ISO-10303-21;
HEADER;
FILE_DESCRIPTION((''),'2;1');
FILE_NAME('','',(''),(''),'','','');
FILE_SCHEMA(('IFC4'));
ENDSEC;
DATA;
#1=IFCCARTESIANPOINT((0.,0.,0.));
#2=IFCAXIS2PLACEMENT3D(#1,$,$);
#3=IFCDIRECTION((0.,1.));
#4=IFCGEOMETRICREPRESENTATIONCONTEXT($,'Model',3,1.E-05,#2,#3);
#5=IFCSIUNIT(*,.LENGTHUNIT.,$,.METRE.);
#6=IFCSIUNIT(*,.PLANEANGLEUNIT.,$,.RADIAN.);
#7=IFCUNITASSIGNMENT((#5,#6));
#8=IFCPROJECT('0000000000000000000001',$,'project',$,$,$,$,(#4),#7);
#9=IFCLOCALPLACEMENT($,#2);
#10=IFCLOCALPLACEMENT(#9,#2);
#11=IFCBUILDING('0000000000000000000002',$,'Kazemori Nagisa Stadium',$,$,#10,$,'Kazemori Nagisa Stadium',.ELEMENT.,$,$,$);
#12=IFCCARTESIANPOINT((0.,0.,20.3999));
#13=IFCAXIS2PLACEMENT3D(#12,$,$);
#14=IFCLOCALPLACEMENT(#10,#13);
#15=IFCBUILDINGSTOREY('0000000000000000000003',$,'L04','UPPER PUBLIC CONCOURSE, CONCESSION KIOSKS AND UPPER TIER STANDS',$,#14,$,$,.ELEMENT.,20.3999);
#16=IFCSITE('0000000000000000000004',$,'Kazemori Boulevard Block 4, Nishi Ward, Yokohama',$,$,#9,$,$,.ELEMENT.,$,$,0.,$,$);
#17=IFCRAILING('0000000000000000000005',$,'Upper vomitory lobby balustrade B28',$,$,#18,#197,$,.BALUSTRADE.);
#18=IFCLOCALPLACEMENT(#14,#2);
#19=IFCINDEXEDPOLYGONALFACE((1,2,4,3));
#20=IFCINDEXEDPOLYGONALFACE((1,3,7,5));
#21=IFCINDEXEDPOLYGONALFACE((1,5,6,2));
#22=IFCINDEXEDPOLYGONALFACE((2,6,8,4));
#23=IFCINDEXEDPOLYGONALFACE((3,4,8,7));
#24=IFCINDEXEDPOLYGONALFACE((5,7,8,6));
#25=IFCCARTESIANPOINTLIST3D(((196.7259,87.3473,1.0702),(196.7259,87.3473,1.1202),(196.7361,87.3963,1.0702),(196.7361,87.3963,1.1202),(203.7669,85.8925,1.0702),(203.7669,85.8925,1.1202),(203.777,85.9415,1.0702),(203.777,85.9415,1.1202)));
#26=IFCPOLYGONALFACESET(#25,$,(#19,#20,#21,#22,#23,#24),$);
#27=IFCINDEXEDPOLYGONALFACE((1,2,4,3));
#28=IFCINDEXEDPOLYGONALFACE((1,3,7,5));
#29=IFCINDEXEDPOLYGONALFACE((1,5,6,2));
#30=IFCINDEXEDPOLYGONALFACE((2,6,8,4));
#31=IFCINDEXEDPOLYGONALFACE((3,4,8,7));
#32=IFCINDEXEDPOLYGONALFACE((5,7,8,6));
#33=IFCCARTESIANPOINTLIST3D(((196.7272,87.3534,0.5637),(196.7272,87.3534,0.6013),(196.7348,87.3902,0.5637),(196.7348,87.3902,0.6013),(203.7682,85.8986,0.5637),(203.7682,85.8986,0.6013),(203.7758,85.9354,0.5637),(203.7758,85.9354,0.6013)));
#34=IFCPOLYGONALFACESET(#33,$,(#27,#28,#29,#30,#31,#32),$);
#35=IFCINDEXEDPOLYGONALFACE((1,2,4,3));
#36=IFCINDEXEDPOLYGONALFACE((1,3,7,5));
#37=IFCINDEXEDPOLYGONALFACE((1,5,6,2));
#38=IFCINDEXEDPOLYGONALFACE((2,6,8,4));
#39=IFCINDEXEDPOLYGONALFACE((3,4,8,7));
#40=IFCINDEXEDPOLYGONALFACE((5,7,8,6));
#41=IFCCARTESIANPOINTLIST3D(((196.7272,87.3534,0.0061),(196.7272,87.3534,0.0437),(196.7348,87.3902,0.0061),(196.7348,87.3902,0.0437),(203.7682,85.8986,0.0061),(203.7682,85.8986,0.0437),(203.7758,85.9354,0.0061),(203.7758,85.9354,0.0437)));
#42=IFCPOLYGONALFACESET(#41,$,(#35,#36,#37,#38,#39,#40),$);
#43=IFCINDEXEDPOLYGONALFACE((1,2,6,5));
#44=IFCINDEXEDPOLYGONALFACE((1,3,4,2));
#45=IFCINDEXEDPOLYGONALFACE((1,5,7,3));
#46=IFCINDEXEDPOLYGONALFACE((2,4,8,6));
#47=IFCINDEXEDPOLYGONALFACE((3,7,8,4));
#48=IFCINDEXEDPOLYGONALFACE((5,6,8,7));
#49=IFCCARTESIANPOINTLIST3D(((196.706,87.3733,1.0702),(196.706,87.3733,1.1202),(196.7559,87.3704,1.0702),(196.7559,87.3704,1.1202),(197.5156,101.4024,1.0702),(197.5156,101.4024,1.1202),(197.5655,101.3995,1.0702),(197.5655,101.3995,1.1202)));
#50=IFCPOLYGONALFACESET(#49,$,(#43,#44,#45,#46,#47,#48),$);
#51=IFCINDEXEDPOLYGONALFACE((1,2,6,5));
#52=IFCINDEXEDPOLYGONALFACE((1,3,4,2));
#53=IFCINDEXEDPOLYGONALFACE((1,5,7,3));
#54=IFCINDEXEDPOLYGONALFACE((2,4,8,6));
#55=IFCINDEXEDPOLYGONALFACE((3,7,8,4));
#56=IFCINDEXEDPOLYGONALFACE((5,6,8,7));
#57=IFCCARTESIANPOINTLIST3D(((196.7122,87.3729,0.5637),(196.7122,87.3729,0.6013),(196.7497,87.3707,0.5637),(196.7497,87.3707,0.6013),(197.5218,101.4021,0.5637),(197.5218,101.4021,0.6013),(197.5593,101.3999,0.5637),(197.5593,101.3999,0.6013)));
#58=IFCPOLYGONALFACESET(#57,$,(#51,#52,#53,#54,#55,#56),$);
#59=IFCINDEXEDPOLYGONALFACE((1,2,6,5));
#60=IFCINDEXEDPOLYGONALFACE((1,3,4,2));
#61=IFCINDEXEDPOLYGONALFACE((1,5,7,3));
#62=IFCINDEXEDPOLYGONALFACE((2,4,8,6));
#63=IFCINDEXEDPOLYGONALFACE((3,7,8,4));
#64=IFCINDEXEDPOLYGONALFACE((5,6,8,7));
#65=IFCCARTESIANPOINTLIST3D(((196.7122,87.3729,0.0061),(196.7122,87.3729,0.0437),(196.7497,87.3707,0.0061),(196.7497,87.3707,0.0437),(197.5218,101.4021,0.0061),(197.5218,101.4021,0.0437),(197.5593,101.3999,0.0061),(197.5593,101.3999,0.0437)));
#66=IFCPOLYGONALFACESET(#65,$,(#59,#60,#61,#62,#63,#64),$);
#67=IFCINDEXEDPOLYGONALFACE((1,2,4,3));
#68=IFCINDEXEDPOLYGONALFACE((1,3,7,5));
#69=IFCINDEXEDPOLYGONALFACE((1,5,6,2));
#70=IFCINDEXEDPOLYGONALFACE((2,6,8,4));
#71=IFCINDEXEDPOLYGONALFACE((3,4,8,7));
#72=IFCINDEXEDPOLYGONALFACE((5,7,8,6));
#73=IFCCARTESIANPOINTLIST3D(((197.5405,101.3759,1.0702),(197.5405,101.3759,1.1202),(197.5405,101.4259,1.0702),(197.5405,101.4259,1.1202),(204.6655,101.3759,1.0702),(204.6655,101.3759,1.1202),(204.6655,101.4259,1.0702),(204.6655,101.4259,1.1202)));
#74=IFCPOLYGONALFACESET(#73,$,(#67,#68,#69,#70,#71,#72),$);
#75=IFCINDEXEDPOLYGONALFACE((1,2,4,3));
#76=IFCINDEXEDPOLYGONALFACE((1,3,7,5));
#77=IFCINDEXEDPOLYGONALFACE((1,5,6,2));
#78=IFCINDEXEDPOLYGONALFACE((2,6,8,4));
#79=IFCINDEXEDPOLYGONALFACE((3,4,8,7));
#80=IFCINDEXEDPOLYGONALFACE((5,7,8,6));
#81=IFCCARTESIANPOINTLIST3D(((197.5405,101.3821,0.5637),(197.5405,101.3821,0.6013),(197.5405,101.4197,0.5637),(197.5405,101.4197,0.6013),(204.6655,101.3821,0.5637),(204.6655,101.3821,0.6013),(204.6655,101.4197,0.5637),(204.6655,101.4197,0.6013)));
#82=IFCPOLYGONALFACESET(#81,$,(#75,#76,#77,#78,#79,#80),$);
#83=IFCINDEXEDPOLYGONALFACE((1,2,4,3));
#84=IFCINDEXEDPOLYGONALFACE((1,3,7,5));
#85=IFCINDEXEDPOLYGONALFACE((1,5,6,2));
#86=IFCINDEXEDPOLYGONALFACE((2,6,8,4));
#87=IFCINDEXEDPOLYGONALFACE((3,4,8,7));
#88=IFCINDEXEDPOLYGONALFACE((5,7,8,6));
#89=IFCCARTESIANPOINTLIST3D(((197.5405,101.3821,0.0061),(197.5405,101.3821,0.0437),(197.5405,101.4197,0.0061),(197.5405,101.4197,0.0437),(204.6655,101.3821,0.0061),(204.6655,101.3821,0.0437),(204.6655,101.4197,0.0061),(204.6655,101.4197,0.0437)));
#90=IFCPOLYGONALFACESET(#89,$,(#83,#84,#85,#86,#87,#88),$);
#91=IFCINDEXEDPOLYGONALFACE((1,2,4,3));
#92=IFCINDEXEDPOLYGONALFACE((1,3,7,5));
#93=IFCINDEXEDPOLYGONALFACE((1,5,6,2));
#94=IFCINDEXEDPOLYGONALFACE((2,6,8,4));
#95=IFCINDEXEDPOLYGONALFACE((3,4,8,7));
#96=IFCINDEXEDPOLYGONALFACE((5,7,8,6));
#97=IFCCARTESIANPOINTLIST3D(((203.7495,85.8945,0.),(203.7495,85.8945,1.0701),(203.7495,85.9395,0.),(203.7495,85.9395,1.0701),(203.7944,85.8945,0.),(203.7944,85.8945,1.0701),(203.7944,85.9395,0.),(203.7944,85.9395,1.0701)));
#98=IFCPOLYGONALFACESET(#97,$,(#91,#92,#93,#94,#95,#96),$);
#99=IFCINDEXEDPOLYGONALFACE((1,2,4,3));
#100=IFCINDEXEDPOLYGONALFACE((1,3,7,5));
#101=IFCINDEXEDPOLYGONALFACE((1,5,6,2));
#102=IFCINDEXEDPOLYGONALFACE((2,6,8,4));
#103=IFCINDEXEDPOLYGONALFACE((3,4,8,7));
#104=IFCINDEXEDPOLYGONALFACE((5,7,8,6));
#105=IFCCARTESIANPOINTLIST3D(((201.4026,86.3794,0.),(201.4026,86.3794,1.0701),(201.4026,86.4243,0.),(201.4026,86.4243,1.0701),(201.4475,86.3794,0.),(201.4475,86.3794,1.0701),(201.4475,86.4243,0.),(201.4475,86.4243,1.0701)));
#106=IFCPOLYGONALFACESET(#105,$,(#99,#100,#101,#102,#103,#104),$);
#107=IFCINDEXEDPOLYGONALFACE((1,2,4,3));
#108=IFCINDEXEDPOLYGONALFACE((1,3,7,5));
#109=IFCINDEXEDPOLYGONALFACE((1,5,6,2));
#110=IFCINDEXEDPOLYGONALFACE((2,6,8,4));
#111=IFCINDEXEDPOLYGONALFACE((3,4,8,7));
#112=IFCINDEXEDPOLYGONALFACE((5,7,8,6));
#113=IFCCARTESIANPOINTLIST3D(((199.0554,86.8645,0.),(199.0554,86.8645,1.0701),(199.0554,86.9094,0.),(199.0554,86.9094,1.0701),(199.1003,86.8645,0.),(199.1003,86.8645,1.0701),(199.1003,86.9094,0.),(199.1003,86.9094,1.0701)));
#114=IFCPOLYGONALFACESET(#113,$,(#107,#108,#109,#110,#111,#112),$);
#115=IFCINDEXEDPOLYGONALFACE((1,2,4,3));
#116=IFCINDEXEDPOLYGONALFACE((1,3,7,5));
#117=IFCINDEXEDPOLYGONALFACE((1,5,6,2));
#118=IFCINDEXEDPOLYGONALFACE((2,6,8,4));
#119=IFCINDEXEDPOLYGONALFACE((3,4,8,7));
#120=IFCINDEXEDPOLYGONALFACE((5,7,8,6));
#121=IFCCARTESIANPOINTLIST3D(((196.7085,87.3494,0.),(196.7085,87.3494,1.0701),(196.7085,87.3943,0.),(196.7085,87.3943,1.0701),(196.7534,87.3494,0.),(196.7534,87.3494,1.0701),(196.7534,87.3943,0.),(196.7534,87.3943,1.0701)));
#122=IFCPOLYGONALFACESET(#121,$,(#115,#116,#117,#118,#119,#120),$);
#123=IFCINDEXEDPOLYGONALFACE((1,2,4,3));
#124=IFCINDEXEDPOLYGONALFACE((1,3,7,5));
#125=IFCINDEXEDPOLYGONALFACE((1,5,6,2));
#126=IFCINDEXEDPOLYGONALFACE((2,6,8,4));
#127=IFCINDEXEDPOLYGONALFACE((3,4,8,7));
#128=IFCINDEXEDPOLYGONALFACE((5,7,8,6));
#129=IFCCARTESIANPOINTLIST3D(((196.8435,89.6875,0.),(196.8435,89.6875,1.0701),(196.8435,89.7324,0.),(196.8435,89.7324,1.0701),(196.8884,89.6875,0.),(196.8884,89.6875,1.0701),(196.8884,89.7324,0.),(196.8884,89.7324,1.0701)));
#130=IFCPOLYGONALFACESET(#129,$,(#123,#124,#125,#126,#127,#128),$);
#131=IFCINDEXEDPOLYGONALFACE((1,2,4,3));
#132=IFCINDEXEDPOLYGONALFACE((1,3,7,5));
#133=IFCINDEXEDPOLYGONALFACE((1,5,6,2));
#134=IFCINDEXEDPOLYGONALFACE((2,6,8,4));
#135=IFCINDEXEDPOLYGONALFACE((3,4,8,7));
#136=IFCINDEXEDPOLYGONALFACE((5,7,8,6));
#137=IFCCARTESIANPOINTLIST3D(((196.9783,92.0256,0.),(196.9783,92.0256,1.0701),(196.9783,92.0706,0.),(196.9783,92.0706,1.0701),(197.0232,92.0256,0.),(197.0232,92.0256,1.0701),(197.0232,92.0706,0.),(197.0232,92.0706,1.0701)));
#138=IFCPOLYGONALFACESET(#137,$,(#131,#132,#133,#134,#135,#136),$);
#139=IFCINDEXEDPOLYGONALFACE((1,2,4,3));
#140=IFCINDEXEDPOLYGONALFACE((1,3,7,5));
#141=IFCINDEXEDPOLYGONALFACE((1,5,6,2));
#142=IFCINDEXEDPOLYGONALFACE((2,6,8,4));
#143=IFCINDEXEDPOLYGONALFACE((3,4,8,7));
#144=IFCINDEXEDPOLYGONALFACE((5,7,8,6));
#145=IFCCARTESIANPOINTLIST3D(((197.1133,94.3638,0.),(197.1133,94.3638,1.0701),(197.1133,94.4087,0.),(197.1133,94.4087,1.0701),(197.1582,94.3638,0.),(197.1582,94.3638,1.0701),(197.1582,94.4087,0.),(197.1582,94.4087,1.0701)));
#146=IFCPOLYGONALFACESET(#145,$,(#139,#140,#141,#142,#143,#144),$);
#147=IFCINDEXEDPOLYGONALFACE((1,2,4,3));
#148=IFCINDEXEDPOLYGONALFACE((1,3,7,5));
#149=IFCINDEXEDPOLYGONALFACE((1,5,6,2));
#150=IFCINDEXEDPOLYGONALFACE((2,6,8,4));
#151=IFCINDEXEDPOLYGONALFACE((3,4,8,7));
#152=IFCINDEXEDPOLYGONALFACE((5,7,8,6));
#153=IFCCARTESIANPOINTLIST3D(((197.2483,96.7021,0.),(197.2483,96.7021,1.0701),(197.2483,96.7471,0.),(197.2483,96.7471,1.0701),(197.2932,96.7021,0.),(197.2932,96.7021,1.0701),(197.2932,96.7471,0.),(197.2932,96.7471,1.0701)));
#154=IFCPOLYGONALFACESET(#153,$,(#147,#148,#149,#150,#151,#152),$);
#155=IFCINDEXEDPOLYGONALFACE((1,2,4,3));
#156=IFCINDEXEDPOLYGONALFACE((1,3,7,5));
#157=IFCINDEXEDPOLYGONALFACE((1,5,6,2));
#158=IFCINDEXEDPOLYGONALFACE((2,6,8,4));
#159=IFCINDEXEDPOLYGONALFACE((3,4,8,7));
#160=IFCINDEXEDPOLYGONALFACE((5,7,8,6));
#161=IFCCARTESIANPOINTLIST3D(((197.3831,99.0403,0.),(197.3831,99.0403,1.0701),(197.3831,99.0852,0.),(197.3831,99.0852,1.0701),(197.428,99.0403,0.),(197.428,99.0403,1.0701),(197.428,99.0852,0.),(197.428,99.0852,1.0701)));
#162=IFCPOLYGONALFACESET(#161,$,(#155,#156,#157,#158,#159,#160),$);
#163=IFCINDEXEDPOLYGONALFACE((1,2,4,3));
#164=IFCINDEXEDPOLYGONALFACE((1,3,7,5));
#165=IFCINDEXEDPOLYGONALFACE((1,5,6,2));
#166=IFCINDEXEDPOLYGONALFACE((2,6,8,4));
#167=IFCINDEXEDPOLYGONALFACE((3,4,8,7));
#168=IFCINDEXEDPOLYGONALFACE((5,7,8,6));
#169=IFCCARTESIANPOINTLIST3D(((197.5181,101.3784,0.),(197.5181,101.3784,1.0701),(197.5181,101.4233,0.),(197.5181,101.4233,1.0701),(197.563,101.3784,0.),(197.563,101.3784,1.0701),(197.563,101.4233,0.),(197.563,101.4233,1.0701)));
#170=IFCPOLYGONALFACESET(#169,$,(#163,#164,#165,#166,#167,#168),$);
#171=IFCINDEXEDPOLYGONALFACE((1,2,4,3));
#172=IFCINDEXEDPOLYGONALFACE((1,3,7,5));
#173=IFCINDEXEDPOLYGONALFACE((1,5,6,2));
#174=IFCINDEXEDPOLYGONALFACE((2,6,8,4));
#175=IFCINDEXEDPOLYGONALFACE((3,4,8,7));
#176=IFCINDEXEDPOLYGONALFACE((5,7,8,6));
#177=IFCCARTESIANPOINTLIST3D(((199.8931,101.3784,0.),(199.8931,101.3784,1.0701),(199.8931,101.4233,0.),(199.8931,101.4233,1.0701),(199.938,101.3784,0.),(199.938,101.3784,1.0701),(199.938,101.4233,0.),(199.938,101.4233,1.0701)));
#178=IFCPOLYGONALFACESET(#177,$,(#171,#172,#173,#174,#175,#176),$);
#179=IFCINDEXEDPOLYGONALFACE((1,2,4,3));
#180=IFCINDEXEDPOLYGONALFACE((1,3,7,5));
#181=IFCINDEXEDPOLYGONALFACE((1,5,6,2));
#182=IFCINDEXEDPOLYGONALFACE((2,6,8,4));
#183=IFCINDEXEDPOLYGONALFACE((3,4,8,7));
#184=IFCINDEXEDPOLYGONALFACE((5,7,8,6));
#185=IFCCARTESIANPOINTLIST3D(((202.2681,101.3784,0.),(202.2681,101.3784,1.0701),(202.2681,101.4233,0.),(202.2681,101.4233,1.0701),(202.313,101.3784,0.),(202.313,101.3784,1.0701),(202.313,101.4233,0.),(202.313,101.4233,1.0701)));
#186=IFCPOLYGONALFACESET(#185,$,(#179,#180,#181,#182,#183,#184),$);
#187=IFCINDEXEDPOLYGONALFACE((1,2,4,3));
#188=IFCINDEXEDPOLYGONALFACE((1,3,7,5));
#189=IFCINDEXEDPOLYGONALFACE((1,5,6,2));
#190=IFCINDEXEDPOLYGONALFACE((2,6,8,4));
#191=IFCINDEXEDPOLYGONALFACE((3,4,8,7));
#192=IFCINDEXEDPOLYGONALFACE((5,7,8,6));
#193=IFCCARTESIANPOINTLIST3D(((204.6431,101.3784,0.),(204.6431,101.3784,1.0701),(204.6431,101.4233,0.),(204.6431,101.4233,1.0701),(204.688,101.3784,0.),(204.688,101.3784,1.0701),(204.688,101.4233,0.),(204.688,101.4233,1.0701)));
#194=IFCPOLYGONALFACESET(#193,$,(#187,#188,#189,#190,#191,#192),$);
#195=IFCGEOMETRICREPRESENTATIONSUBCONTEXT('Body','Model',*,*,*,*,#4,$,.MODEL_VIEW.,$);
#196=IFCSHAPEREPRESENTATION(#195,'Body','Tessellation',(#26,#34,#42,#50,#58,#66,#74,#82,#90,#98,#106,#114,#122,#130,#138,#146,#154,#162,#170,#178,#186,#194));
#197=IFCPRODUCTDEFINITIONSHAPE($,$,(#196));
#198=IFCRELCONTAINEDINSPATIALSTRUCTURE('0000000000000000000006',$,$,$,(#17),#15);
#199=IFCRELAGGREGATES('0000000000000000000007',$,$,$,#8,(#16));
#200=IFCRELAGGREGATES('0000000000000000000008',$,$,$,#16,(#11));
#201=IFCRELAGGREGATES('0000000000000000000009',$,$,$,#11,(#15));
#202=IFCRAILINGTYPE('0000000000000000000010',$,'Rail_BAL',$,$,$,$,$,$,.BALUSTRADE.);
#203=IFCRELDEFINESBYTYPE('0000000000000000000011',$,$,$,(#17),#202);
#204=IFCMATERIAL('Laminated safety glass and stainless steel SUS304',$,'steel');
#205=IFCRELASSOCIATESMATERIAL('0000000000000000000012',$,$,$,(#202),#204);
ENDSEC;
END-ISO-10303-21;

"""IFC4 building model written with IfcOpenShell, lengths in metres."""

from ifc_helpers import new_model, si_unit, direction, frame, origin, origin_2d, place, context, subcontext, project, spatial, rectangle, extrude, material, type_object, element, save


model = new_model("IFC4")

# Units and contexts
model_context = context("Model", 3, precision=1e-05, world=origin(), true_north=direction((0.0, 1.0)))
body_context = subcontext(model_context, "Body", "Model", "MODEL_VIEW")
ifc_project = project(units=[si_unit("LENGTHUNIT", "METRE"), si_unit("PLANEANGLEUNIT", "RADIAN")], contexts=[model_context])

# Site, building, storey
site_placement = place(None, origin())
site = spatial("IfcSite", under=ifc_project, at=site_placement, Name="Kazemori Boulevard Block 4, Nishi Ward, Yokohama", CompositionType="ELEMENT", RefElevation=0.0)
building_placement = place(site_placement, origin())
building = spatial("IfcBuilding", under=site, at=building_placement, Name="Kazemori Nagisa Stadium", LongName="Kazemori Nagisa Stadium", CompositionType="ELEMENT")
storey_placement = place(building_placement, frame((0.0, 0.0, 20.3999)))
storey = spatial("IfcBuildingStorey", under=building, at=storey_placement, Name="L04", Description="UPPER PUBLIC CONCOURSE, CONCESSION KIOSKS AND UPPER TIER STANDS", CompositionType="ELEMENT", Elevation=20.3999)

# Railing
ifc_material_1 = material(Name="Laminated safety glass and stainless steel SUS304", Category="steel")
railing_type_1 = type_object("IfcRailingType", Name="Rail_BAL", PredefinedType="BALUSTRADE", material=ifc_material_1)
railing_1_placement = place(storey_placement, frame((203.772, 85.917, 0.0)))
element("IfcRailing", 1, at=railing_1_placement, inside=storey, type_object=railing_type_1, Name="Upper vomitory lobby balustrade B28", PredefinedType="BALUSTRADE", context=body_context, shape_type="SweptSolid", body=[
    extrude(rectangle(XDim=0.05, YDim=0.05, at=origin_2d()), frame((0.0, 0.0, 1.0952), z_axis=(-0.979314, 0.202348, 0.0), x_axis=(-0.202348, -0.979314, 0.0)), (0.0, 0.0, 1.0), 7.1897),
    extrude(rectangle(XDim=0.0376, YDim=0.0376, at=origin_2d()), frame((0.0, 0.0, 0.5825), z_axis=(-0.979314, 0.202348, 0.0), x_axis=(-0.202348, -0.979314, 0.0)), (0.0, 0.0, 1.0), 7.1897),
    extrude(rectangle(XDim=0.0376, YDim=0.0376, at=origin_2d()), frame((0.0, 0.0, 0.0249), z_axis=(-0.979314, 0.202348, 0.0), x_axis=(-0.202348, -0.979314, 0.0)), (0.0, 0.0, 1.0), 7.1897),
    extrude(rectangle(XDim=0.05, YDim=0.05, at=origin_2d()), frame((-7.041, 1.4548, 1.0952), z_axis=(0.057611, 0.998339, 0.0), x_axis=(-0.998339, 0.057611, 0.0)), (0.0, 0.0, 1.0), 14.0525),
    extrude(rectangle(XDim=0.0376, YDim=0.0376, at=origin_2d()), frame((-7.041, 1.4548, 0.5825), z_axis=(0.057611, 0.998339, 0.0), x_axis=(-0.998339, 0.057611, 0.0)), (0.0, 0.0, 1.0), 14.0525),
    extrude(rectangle(XDim=0.0376, YDim=0.0376, at=origin_2d()), frame((-7.041, 1.4548, 0.0249), z_axis=(0.057611, 0.998339, 0.0), x_axis=(-0.998339, 0.057611, 0.0)), (0.0, 0.0, 1.0), 14.0525),
    extrude(rectangle(XDim=0.05, YDim=0.05, at=origin_2d()), frame((-6.2314, 15.4839, 1.0952), z_axis=(1.0, 0.0, 0.0), x_axis=(0.0, 1.0, 0.0)), (0.0, 0.0, 1.0), 7.125),
    extrude(rectangle(XDim=0.0376, YDim=0.0376, at=origin_2d()), frame((-6.2314, 15.4839, 0.5825), z_axis=(1.0, 0.0, 0.0), x_axis=(0.0, 1.0, 0.0)), (0.0, 0.0, 1.0), 7.125),
    extrude(rectangle(XDim=0.0376, YDim=0.0376, at=origin_2d()), frame((-6.2314, 15.4839, 0.0249), z_axis=(1.0, 0.0, 0.0), x_axis=(0.0, 1.0, 0.0)), (0.0, 0.0, 1.0), 7.125),
    extrude(rectangle(XDim=0.0449, YDim=0.0449, at=origin_2d()), origin(), (0.0, 0.0, 1.0), 1.0701),
    extrude(rectangle(XDim=0.0449, YDim=0.0449, at=origin_2d()), frame((-2.3469, 0.4849, 0.0)), (0.0, 0.0, 1.0), 1.0701),
    extrude(rectangle(XDim=0.0449, YDim=0.0449, at=origin_2d()), frame((-4.6941, 0.97, 0.0)), (0.0, 0.0, 1.0), 1.0701),
    extrude(rectangle(XDim=0.0449, YDim=0.0449, at=origin_2d()), frame((-7.041, 1.4548, 0.0)), (0.0, 0.0, 1.0), 1.0701),
    extrude(rectangle(XDim=0.0449, YDim=0.0449, at=origin_2d()), frame((-6.906, 3.793, 0.0)), (0.0, 0.0, 1.0), 1.0701),
    extrude(rectangle(XDim=0.0449, YDim=0.0449, at=origin_2d()), frame((-6.7712, 6.1311, 0.0)), (0.0, 0.0, 1.0), 1.0701),
    extrude(rectangle(XDim=0.0449, YDim=0.0449, at=origin_2d()), frame((-6.6362, 8.4692, 0.0)), (0.0, 0.0, 1.0), 1.0701),
    extrude(rectangle(XDim=0.0449, YDim=0.0449, at=origin_2d()), frame((-6.5012, 10.8076, 0.0)), (0.0, 0.0, 1.0), 1.0701),
    extrude(rectangle(XDim=0.0449, YDim=0.0449, at=origin_2d()), frame((-6.3665, 13.1458, 0.0)), (0.0, 0.0, 1.0), 1.0701),
    extrude(rectangle(XDim=0.0449, YDim=0.0449, at=origin_2d()), frame((-6.2314, 15.4839, 0.0)), (0.0, 0.0, 1.0), 1.0701),
    extrude(rectangle(XDim=0.0449, YDim=0.0449, at=origin_2d()), frame((-3.8564, 15.4839, 0.0)), (0.0, 0.0, 1.0), 1.0701),
    extrude(rectangle(XDim=0.0449, YDim=0.0449, at=origin_2d()), frame((-1.4814, 15.4839, 0.0)), (0.0, 0.0, 1.0), 1.0701),
    extrude(rectangle(XDim=0.0449, YDim=0.0449, at=origin_2d()), frame((0.8936, 15.4839, 0.0)), (0.0, 0.0, 1.0), 1.0701),
])

save(model, "model.ifc")
